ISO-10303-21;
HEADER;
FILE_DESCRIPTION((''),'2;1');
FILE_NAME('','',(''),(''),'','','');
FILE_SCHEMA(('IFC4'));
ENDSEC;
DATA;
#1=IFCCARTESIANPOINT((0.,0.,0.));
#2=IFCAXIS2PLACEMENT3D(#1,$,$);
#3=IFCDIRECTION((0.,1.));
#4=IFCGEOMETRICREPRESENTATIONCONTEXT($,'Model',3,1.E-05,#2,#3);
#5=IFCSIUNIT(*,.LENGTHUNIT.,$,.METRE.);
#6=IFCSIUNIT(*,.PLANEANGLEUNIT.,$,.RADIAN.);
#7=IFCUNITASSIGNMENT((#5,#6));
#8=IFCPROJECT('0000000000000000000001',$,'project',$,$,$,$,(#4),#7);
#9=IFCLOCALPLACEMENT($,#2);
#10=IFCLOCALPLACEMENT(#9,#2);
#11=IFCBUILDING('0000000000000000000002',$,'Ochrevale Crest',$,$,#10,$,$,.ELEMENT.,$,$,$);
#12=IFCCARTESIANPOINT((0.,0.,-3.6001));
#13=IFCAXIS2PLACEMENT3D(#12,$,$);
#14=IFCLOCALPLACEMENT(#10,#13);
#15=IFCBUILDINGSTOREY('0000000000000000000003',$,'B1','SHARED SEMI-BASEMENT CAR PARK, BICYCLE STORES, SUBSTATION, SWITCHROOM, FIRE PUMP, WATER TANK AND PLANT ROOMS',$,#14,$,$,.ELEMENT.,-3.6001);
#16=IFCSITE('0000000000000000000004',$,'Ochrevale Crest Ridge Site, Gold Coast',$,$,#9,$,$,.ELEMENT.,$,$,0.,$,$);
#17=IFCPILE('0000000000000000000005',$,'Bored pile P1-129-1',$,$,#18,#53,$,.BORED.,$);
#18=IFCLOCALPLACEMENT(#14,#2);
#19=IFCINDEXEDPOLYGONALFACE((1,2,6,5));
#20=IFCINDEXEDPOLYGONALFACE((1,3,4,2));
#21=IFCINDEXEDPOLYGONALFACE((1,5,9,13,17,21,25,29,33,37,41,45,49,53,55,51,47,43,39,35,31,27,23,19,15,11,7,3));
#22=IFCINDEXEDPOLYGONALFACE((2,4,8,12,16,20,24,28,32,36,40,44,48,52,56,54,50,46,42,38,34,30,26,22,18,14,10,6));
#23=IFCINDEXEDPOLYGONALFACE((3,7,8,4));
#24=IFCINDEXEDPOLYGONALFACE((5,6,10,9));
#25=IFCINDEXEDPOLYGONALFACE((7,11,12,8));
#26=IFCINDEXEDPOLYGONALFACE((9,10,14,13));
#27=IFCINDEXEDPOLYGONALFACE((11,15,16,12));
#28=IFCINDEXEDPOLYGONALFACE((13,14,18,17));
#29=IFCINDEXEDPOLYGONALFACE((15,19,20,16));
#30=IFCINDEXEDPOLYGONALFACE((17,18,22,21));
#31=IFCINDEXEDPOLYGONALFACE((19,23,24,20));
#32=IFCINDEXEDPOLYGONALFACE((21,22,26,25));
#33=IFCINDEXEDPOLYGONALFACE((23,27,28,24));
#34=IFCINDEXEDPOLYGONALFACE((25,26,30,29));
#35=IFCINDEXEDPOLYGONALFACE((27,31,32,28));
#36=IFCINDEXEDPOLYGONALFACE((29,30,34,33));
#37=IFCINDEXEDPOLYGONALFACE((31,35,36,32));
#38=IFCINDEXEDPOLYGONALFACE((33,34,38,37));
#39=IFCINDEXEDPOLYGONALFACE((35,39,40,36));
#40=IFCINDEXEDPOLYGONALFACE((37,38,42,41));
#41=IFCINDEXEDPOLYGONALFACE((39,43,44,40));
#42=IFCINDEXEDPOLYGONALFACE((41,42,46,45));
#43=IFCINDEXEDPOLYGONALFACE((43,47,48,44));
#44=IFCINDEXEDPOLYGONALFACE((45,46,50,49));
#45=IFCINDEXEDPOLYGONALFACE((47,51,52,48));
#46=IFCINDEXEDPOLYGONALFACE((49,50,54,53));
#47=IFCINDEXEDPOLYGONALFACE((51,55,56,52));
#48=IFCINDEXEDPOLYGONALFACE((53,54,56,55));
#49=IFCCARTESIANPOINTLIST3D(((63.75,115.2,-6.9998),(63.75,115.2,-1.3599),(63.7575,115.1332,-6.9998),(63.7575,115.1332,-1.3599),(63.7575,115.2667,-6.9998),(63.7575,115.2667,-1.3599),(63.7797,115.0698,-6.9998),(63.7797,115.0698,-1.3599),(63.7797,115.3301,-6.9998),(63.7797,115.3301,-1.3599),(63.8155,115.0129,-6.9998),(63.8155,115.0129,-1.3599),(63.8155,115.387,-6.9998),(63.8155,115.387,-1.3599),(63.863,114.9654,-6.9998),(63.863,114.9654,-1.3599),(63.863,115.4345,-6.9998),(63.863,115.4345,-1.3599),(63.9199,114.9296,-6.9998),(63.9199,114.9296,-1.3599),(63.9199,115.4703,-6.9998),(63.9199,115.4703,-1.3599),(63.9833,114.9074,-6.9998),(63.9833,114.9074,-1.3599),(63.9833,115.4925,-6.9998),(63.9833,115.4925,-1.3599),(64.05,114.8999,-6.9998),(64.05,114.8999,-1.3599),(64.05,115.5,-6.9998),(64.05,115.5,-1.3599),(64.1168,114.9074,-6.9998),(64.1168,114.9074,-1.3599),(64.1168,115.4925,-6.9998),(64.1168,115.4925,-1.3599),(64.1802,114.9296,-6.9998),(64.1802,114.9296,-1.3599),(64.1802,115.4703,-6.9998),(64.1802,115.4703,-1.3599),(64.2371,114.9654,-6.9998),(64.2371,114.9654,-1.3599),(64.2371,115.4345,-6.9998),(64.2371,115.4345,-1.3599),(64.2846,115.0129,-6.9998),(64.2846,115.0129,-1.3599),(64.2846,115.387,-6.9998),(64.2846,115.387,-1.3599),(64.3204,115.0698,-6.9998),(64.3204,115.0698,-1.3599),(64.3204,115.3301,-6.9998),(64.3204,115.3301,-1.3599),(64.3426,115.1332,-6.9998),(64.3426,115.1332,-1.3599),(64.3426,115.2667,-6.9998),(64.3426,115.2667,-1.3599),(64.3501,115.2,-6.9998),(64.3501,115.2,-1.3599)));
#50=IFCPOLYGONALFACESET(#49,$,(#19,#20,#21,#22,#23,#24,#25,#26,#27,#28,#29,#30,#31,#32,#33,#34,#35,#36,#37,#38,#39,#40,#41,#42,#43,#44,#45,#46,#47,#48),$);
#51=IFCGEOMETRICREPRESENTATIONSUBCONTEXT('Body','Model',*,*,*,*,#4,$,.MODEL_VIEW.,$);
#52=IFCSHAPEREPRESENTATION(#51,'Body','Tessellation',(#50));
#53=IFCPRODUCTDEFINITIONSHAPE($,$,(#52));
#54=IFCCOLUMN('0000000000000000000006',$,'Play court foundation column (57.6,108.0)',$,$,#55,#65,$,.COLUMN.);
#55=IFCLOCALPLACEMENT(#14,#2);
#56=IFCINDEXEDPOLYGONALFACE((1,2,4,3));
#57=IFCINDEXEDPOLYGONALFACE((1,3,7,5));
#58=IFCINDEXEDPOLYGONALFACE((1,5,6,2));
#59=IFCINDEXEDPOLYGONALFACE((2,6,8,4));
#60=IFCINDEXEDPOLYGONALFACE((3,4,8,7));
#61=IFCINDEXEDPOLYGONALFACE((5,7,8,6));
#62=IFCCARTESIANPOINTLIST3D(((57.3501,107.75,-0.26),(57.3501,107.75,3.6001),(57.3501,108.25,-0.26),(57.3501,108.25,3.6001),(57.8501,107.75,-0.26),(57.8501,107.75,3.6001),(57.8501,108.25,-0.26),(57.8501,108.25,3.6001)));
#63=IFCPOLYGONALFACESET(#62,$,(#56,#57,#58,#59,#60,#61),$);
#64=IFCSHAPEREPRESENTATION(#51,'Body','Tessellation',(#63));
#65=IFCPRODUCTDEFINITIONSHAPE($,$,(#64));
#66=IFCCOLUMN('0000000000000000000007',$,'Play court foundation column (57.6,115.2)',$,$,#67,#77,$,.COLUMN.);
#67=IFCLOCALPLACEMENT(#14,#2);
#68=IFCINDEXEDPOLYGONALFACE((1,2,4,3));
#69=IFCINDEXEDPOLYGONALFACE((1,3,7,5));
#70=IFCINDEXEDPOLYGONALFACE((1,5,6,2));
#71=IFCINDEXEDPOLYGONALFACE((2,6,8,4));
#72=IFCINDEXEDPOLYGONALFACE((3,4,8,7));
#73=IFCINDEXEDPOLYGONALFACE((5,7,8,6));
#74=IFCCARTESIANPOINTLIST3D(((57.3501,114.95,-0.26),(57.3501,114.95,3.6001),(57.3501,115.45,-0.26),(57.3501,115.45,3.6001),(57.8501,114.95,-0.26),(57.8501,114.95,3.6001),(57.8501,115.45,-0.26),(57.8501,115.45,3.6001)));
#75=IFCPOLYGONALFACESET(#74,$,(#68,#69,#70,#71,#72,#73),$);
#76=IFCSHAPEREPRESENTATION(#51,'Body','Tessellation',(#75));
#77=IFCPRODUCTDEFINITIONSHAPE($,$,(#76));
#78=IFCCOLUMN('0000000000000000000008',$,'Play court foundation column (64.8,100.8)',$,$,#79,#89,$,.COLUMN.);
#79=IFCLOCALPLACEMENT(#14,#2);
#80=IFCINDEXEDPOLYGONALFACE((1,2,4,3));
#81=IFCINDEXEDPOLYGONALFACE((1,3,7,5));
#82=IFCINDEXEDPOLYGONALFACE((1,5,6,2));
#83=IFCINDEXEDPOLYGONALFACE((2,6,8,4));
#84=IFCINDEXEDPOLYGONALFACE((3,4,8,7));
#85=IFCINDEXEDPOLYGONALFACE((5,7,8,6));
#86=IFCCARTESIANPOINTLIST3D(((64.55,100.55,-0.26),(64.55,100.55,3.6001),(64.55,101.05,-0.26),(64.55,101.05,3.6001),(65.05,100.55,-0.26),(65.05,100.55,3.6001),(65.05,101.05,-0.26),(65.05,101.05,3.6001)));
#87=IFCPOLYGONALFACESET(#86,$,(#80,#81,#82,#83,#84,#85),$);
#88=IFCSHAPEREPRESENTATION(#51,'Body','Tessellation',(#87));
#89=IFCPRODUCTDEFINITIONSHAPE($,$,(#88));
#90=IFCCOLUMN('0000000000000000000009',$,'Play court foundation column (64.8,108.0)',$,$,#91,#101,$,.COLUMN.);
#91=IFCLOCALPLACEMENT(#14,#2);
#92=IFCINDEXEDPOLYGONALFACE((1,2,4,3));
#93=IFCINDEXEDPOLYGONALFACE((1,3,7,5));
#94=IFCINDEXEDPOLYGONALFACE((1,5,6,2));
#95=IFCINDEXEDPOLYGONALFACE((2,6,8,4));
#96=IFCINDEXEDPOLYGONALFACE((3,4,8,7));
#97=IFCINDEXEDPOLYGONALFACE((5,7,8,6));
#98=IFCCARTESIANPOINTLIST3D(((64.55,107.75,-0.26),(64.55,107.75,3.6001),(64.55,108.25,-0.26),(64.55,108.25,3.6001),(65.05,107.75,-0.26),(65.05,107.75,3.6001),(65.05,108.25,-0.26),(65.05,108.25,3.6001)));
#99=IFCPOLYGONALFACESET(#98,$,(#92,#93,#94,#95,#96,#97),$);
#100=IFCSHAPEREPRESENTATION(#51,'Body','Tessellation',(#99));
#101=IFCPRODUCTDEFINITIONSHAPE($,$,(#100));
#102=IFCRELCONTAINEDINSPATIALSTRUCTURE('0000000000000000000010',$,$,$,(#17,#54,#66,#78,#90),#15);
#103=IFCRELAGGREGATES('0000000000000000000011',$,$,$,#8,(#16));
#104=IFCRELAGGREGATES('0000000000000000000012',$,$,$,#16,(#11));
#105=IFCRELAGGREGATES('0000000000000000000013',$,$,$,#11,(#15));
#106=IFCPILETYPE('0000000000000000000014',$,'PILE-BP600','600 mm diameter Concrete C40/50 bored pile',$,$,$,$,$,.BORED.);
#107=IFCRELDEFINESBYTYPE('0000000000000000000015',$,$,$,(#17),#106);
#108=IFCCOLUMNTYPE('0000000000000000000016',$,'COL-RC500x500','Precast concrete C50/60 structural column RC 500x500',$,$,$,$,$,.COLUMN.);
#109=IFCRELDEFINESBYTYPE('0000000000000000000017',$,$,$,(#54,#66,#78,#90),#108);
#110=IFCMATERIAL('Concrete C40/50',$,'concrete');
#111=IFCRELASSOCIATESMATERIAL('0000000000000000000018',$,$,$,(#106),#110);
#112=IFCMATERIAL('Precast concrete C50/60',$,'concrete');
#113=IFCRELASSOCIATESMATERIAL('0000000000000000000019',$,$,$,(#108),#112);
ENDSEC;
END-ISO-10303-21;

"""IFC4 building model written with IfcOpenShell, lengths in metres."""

from ifc_helpers import new_model, si_unit, direction, frame, origin, origin_2d, place, context, subcontext, project, spatial, rectangle, circle, extrude, material, material_profile, profile_set, type_object, element, save


model = new_model("IFC4")

# Units and contexts
model_context = context("Model", 3, precision=1e-05, world=origin(), true_north=direction((0.0, 1.0)))
body_context = subcontext(model_context, "Body", "Model", "MODEL_VIEW")
ifc_project = project(units=[si_unit("LENGTHUNIT", "METRE"), si_unit("PLANEANGLEUNIT", "RADIAN")], contexts=[model_context])

# Site, building, storey
site_placement = place(None, origin())
site = spatial("IfcSite", under=ifc_project, at=site_placement, Name="Ochrevale Crest Ridge Site, Gold Coast", CompositionType="ELEMENT", RefElevation=0.0)
building_placement = place(site_placement, origin())
building = spatial("IfcBuilding", under=site, at=building_placement, Name="Ochrevale Crest", CompositionType="ELEMENT")
storey_placement = place(building_placement, frame((0.0, 0.0, -3.6001)))
storey = spatial("IfcBuildingStorey", under=building, at=storey_placement, Name="B1", Description="SHARED SEMI-BASEMENT CAR PARK, BICYCLE STORES, SUBSTATION, SWITCHROOM, FIRE PUMP, WATER TANK AND PLANT ROOMS", CompositionType="ELEMENT", Elevation=-3.6001)

# Shared definitions
ifc_material_1 = material(Name="Concrete C40/50", Category="concrete")

# Pile
ifc_material_profile_1 = material_profile(ifc_material_1, circle(Radius=0.3, at=origin_2d()), Name="BORED PILE 600")
ifc_profile_set_1 = profile_set([ifc_material_profile_1], Name="Concrete C40/50")
pile_type = type_object("IfcPileType", Name="PILE-BP600", Description="600 mm diameter Concrete C40/50 bored pile", PredefinedType="BORED", material=ifc_profile_set_1)
for number, where, z_axis, x_axis, name in (
    (1, (64.05, 115.2, -1.3599), (0.0, 0.0, -1.0), (1.0, 0.0, 0.0), "Bored pile P1-129-1"),
):
    element("IfcPile", number, at=place(storey_placement, frame(where, z_axis=z_axis, x_axis=x_axis)), inside=storey, type_object=pile_type, Name=name, PredefinedType="BORED", context=body_context, shape_type="SweptSolid", body=[
        extrude(circle(Radius=0.3, at=origin_2d()), origin(), (0.0, 0.0, 1.0), 5.6399),
    ])

# Columns
ifc_material_2 = material(Name="Precast concrete C50/60", Category="concrete")
ifc_material_profile_2 = material_profile(ifc_material_2, rectangle(XDim=0.5, YDim=0.5, at=origin_2d()), Name="RC 500x500")
ifc_profile_set_2 = profile_set([ifc_material_profile_2], Name="Precast concrete C50/60")
column_type = type_object("IfcColumnType", Name="COL-RC500x500", Description="Precast concrete C50/60 structural column RC 500x500", PredefinedType="COLUMN", material=ifc_profile_set_2)
for number, where, z_axis, x_axis, name in (
    (2, (57.6001, 108.0, -0.26), (0.0, 0.0, 1.0), (1.0, 0.0, 0.0), "Play court foundation column (57.6,108.0)"),
    (3, (57.6001, 115.2, -0.26), (0.0, 0.0, 1.0), (1.0, 0.0, 0.0), "Play court foundation column (57.6,115.2)"),
    (4, (64.8, 100.8, -0.26), (0.0, 0.0, 1.0), (1.0, 0.0, 0.0), "Play court foundation column (64.8,100.8)"),
    (5, (64.8, 108.0, -0.26), (0.0, 0.0, 1.0), (1.0, 0.0, 0.0), "Play court foundation column (64.8,108.0)"),
):
    element("IfcColumn", number, at=place(storey_placement, frame(where, z_axis=z_axis, x_axis=x_axis)), inside=storey, type_object=column_type, Name=name, PredefinedType="COLUMN", context=body_context, shape_type="SweptSolid", body=[
        extrude(rectangle(XDim=0.5, YDim=0.5, at=origin_2d()), origin(), (0.0, 0.0, 1.0), 3.8601),
    ])

save(model, "model.ifc")
